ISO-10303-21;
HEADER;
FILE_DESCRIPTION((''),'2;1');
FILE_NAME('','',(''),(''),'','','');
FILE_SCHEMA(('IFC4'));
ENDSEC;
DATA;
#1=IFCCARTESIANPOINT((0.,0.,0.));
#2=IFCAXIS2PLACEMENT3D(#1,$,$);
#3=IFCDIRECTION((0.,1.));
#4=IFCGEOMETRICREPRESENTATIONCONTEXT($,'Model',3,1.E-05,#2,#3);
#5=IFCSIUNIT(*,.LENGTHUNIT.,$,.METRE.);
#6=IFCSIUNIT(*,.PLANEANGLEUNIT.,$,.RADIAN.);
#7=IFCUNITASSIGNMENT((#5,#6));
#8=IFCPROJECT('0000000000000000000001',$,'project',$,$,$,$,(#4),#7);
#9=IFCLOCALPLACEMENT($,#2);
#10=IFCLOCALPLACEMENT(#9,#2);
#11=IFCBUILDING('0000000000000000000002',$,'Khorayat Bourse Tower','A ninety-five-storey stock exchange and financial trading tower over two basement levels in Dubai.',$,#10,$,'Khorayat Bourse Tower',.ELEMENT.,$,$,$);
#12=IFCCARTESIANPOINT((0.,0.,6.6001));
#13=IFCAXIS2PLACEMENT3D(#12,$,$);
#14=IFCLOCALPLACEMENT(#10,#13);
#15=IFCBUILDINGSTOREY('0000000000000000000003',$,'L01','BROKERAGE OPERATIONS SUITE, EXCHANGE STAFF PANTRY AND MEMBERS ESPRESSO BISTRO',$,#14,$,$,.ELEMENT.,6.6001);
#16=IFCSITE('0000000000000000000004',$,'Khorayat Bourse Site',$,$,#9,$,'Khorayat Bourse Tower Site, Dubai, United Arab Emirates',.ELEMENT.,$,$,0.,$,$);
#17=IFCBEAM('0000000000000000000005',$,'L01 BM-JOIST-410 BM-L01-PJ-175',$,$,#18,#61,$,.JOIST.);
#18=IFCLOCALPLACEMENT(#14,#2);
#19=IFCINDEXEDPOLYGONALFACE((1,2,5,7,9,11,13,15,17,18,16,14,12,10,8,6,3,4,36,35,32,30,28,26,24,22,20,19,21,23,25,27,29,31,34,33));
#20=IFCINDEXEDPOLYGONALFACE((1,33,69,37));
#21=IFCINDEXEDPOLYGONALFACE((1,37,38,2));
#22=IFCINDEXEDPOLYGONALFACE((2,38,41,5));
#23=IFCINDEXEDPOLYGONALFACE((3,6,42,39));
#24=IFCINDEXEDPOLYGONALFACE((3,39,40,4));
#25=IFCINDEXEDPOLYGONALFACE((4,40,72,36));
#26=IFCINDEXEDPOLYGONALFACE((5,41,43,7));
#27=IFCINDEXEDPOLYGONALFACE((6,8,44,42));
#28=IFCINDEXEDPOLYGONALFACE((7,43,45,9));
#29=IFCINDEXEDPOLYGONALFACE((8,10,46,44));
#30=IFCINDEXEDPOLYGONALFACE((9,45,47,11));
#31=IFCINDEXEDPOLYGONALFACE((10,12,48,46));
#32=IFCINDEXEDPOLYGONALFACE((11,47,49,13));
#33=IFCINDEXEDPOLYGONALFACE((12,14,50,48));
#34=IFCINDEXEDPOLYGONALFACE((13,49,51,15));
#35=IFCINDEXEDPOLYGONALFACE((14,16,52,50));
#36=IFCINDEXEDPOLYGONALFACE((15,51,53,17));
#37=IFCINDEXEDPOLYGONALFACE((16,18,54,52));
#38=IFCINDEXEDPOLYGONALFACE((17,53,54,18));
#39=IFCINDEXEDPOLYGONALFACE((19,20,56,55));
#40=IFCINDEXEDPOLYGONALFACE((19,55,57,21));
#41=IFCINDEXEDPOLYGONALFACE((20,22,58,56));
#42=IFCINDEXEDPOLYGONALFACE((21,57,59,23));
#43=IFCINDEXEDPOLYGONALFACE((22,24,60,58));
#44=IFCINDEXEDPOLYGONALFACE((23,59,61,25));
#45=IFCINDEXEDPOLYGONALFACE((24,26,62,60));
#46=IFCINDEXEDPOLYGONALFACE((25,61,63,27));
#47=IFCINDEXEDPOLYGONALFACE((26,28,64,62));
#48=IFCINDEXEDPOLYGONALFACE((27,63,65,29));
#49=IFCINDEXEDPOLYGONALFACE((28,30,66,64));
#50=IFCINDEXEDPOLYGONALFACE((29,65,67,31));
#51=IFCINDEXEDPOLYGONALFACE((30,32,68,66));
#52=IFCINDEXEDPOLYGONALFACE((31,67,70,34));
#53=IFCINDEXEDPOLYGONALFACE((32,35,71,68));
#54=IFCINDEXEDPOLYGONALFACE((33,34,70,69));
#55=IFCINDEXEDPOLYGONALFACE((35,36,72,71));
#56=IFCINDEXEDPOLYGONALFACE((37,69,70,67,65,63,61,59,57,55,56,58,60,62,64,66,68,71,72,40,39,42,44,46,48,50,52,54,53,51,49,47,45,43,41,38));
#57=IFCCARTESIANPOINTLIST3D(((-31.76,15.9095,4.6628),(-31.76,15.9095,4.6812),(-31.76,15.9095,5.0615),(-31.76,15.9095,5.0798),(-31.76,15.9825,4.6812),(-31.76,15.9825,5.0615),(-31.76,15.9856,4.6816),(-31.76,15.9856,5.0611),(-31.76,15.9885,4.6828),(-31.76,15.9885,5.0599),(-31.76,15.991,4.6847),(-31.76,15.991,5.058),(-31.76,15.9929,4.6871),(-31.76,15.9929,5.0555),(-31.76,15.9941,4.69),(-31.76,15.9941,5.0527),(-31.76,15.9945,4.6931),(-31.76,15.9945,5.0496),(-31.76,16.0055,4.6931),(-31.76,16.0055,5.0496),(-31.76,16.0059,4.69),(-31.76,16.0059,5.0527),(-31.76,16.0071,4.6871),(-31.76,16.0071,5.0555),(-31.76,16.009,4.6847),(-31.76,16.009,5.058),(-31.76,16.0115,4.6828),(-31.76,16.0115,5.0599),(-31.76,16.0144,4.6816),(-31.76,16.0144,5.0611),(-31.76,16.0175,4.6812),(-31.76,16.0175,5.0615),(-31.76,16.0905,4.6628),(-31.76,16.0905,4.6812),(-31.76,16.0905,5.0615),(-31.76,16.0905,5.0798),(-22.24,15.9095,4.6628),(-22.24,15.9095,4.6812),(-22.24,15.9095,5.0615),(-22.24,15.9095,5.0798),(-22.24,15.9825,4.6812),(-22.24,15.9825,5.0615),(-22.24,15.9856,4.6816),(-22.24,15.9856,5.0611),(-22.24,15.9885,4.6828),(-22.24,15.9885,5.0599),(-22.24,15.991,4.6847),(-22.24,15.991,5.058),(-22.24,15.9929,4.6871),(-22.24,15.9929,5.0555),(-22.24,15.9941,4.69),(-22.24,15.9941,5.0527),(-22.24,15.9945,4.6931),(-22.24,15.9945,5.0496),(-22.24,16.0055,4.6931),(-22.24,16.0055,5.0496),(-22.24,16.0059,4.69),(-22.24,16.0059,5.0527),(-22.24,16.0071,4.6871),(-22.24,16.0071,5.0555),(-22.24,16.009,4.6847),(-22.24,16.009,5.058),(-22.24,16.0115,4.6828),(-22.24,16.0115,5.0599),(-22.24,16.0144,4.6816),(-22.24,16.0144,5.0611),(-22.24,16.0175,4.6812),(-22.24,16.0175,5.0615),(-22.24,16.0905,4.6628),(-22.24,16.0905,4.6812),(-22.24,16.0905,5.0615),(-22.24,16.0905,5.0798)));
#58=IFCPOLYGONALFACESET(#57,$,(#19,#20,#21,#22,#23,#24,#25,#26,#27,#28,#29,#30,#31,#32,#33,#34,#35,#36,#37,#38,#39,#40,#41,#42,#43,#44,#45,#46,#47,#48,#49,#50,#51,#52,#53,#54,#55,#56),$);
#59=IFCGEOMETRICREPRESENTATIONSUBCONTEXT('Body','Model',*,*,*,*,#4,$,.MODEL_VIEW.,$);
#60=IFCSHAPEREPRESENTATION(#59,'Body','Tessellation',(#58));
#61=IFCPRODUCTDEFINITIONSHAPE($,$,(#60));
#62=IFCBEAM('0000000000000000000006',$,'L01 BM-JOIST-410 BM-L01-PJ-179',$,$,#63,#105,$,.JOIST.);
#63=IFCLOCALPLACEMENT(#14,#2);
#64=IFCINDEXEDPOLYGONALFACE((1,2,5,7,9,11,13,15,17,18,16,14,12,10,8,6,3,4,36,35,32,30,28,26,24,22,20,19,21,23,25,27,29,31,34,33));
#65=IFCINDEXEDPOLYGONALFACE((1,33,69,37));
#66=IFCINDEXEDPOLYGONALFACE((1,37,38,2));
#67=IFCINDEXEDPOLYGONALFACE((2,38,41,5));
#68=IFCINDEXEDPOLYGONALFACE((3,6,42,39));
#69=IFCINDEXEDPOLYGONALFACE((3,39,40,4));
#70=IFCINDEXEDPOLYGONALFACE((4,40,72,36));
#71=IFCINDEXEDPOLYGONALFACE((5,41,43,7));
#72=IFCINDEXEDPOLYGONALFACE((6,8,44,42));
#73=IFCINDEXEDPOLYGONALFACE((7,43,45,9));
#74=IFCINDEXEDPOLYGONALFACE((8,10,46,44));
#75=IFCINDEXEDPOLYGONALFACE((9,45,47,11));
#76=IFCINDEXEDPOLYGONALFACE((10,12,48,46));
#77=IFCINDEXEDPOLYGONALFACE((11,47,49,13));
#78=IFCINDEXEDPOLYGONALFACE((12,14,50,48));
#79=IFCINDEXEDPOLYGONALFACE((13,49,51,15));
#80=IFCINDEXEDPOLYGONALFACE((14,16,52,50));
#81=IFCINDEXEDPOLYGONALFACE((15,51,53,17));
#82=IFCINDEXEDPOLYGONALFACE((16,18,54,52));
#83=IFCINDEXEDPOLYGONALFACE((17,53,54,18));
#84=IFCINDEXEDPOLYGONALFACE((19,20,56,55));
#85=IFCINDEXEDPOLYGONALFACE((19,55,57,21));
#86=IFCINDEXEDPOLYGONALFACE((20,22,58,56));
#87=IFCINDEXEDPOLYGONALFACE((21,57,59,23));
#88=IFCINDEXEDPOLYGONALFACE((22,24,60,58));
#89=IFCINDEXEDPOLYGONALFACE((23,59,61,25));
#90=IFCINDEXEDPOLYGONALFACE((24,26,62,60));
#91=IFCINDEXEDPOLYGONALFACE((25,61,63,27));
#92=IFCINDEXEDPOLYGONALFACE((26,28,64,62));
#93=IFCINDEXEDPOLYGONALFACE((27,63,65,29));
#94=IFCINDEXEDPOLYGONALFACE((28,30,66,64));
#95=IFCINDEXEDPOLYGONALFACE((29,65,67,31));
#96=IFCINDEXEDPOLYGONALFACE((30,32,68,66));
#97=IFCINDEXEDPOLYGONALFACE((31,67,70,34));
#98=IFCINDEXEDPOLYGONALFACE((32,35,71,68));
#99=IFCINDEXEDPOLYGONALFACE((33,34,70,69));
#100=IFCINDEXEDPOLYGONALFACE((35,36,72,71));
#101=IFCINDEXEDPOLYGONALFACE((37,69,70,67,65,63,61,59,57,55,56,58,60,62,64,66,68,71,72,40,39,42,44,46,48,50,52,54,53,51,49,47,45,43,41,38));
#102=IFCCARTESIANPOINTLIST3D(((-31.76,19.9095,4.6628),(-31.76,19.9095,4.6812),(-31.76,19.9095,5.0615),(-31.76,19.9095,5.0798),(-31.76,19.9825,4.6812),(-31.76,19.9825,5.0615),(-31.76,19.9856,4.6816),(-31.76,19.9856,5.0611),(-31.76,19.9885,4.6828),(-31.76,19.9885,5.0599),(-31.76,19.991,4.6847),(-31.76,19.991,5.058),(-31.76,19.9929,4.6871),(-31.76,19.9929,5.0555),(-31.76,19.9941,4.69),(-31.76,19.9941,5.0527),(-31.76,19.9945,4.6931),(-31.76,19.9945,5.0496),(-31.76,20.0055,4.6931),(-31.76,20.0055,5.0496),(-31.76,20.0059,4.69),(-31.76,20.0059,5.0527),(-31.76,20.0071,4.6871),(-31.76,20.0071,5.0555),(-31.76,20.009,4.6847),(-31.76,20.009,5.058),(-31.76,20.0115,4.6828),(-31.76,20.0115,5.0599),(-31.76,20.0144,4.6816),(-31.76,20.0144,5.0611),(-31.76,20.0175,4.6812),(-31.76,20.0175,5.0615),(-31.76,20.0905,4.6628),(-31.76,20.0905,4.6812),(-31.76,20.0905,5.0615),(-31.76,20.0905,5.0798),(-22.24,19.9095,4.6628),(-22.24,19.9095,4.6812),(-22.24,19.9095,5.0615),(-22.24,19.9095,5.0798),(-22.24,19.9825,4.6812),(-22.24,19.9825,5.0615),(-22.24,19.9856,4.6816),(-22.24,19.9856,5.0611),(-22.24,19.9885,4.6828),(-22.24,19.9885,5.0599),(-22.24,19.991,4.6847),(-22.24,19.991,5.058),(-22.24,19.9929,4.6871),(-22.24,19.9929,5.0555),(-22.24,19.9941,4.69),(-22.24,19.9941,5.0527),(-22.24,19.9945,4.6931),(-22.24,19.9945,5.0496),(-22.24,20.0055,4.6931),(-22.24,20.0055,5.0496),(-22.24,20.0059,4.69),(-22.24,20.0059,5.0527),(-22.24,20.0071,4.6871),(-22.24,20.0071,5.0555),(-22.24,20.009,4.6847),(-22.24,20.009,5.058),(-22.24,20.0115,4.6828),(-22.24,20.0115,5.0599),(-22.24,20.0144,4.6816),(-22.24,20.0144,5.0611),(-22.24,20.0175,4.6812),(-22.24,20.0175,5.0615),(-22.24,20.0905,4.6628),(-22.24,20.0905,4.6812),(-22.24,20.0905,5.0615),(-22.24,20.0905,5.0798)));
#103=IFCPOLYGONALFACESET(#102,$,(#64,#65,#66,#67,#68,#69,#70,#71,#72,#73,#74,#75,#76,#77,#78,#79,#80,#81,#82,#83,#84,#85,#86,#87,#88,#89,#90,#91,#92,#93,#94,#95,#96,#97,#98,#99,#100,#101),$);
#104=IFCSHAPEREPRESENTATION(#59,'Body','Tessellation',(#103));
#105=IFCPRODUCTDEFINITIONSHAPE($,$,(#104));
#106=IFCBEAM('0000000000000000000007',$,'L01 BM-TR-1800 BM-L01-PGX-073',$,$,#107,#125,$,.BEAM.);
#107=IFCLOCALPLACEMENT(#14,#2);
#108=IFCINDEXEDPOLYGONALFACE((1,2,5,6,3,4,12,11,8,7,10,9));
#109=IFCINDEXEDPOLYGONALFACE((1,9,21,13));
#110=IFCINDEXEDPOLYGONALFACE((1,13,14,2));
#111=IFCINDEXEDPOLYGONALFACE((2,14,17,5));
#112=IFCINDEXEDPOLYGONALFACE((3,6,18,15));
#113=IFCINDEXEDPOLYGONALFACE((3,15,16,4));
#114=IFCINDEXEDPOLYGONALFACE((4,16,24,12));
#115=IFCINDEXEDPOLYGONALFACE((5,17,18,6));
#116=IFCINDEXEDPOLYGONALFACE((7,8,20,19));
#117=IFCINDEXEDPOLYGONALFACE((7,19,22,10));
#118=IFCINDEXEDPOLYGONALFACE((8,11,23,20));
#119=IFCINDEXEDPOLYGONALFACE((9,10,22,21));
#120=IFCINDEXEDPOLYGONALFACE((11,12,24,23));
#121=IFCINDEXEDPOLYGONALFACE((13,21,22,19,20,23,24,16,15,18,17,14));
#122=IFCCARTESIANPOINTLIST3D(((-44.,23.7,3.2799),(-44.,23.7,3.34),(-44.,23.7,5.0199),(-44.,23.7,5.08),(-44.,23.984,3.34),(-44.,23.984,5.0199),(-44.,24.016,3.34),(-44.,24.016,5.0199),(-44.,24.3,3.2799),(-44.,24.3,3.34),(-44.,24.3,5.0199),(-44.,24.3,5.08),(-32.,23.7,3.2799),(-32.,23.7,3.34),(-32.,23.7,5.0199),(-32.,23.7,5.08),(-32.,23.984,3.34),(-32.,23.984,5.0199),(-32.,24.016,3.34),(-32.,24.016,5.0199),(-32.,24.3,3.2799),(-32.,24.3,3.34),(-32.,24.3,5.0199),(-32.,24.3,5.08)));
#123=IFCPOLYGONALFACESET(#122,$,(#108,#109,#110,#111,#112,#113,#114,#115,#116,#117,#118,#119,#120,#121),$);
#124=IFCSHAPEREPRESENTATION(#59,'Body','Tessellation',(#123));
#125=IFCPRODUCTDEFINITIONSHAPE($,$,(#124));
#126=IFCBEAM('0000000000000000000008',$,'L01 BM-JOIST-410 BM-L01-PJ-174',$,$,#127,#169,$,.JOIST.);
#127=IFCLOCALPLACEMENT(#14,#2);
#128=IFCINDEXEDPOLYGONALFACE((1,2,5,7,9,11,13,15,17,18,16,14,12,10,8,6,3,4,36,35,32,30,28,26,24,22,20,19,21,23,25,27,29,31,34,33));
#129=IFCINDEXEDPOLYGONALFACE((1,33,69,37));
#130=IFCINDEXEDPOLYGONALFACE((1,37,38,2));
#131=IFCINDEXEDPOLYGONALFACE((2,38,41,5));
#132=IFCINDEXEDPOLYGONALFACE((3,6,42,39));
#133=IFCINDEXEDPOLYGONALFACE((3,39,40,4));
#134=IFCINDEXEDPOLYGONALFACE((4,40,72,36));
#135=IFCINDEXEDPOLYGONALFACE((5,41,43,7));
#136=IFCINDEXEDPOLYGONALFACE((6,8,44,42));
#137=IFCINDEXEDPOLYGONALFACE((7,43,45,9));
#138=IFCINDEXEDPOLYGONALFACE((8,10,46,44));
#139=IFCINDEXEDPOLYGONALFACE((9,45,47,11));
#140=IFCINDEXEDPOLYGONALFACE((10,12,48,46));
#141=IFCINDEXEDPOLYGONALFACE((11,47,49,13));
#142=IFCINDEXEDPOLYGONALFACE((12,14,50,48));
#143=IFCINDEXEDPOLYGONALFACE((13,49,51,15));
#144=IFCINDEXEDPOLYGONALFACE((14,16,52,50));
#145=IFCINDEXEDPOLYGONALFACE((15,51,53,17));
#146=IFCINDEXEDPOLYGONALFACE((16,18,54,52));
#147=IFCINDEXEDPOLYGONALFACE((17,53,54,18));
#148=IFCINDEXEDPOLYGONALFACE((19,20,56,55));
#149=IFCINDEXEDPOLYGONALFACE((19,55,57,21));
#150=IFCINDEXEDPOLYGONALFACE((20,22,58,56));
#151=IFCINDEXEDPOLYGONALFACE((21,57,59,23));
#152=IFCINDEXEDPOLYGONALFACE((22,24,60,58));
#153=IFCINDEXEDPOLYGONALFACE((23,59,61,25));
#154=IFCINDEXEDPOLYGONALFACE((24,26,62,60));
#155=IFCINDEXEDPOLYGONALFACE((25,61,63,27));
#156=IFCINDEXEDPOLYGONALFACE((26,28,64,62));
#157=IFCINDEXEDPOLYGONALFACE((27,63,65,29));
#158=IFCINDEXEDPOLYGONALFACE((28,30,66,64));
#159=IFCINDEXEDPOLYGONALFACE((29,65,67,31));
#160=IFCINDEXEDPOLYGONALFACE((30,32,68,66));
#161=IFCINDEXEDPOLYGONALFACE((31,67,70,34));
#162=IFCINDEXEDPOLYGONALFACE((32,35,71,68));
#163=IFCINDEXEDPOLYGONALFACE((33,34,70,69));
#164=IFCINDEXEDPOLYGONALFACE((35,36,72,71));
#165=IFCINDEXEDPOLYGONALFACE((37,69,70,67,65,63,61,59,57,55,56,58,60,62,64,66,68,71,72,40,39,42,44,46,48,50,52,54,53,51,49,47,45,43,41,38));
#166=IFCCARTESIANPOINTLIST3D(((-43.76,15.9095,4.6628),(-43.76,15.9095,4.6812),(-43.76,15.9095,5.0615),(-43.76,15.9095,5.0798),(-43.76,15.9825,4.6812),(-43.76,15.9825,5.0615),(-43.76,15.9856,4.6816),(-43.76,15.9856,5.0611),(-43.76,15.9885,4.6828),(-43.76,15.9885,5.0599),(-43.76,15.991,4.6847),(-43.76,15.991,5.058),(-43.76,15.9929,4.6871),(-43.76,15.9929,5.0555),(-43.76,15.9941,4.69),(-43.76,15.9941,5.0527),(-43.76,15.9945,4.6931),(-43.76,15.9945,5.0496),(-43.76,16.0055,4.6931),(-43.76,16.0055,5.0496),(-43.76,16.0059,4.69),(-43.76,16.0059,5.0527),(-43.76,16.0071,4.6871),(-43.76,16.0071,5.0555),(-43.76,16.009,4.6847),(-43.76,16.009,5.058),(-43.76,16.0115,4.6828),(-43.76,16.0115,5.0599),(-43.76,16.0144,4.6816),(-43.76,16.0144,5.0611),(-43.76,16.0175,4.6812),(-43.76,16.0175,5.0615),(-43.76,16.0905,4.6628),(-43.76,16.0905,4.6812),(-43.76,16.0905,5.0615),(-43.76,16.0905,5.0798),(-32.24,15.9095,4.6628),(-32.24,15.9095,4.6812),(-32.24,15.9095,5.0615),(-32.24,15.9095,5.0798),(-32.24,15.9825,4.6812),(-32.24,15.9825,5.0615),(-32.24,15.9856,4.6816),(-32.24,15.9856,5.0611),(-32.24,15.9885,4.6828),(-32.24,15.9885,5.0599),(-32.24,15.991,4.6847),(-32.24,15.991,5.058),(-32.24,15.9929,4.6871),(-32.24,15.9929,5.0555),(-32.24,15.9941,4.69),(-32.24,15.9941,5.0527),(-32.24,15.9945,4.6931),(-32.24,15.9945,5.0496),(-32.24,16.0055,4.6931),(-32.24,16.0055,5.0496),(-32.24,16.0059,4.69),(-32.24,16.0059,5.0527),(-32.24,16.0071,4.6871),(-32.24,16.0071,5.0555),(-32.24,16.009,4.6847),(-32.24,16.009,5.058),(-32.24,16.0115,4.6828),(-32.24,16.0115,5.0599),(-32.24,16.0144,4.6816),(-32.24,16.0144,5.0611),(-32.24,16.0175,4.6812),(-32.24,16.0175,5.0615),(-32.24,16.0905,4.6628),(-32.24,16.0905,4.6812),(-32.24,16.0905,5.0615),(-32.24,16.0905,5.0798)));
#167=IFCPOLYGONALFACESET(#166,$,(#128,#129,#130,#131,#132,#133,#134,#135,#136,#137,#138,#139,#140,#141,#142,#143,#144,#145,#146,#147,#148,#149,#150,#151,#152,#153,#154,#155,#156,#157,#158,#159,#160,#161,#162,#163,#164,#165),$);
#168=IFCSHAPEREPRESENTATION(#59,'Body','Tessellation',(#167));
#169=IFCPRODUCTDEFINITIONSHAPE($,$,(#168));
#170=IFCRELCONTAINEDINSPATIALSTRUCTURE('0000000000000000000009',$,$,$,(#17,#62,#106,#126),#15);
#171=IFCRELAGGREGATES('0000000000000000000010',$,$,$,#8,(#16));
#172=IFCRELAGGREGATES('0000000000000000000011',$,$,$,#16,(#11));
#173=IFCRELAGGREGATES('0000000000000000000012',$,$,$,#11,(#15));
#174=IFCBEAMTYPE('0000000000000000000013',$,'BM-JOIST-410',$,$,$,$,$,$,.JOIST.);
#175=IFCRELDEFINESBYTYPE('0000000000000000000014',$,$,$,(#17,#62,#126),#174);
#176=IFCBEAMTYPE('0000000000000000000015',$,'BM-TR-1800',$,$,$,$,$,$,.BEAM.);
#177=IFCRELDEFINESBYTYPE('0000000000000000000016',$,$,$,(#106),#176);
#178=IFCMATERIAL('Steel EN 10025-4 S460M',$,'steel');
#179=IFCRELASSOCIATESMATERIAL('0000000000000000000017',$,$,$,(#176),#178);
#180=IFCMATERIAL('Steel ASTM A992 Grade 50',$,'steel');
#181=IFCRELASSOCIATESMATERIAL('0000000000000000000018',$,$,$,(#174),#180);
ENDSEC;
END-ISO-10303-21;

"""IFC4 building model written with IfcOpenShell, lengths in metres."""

from ifc_helpers import new_model, si_unit, direction, frame, origin, origin_2d, place, context, subcontext, project, spatial, i_section, extrude, source, transform, mapped, material, material_profile, profile_set, type_object, element, save


model = new_model("IFC4")

# Units and contexts
model_context = context("Model", 3, precision=1e-05, world=origin(), true_north=direction((0.0, 1.0)))
body_context = subcontext(model_context, "Body", "Model", "MODEL_VIEW")
ifc_project = project(units=[si_unit("LENGTHUNIT", "METRE"), si_unit("PLANEANGLEUNIT", "RADIAN")], contexts=[model_context])

# Site, building, storey
site_placement = place(None, origin())
site = spatial("IfcSite", under=ifc_project, at=site_placement, Name="Khorayat Bourse Site", LongName="Khorayat Bourse Tower Site, Dubai, United Arab Emirates", CompositionType="ELEMENT", RefElevation=0.0)
building_placement = place(site_placement, origin())
building = spatial("IfcBuilding", under=site, at=building_placement, Name="Khorayat Bourse Tower", Description="A ninety-five-storey stock exchange and financial trading tower over two basement levels in Dubai.", LongName="Khorayat Bourse Tower", CompositionType="ELEMENT")
storey_placement = place(building_placement, frame((0.0, 0.0, 6.6001)))
storey = spatial("IfcBuildingStorey", under=building, at=storey_placement, Name="L01", Description="BROKERAGE OPERATIONS SUITE, EXCHANGE STAFF PANTRY AND MEMBERS ESPRESSO BISTRO", CompositionType="ELEMENT", Elevation=6.6001)

# Beams
ifc_material_1 = material(Name="Steel EN 10025-4 S460M", Category="steel")
ifc_material_profile_1 = material_profile(ifc_material_1, i_section(OverallWidth=0.6001, OverallDepth=1.8, WebThickness=0.032, FlangeThickness=0.0601, at=origin_2d()), Name="PG 1800x600x32x60")
ifc_profile_set_1 = profile_set([ifc_material_profile_1], Name="Steel EN 10025-4 S460M")
beam_type_1 = type_object("IfcBeamType", Name="BM-TR-1800", PredefinedType="BEAM", material=ifc_profile_set_1)
ifc_material_2 = material(Name="Steel ASTM A992 Grade 50", Category="steel")
ifc_material_profile_2 = material_profile(ifc_material_2, i_section(OverallWidth=0.1809, OverallDepth=0.417, WebThickness=0.011, FlangeThickness=0.0183, FilletRadius=0.012, at=origin_2d()), Name="W410X85")
ifc_profile_set_2 = profile_set([ifc_material_profile_2], Name="Steel ASTM A992 Grade 50")
beam_type_2 = type_object("IfcBeamType", Name="BM-JOIST-410", PredefinedType="JOIST", material=ifc_profile_set_2)
shared_shape_1 = source(origin(), body_context, "Body", "SweptSolid", [
    extrude(i_section(OverallWidth=0.1809, OverallDepth=0.417, WebThickness=0.011, FlangeThickness=0.0183, FilletRadius=0.012, at=origin_2d()), origin(), (0.0, 0.0, 1.0), 9.52),
])
for number, where, z_axis, x_axis, name in (
    (1, (-31.76, 16.0, 4.8713), (1.0, 0.0, 0.0), (0.0, 1.0, 0.0), "L01 BM-JOIST-410 BM-L01-PJ-175"),
    (2, (-31.76, 20.0, 4.8713), (1.0, 0.0, 0.0), (0.0, 1.0, 0.0), "L01 BM-JOIST-410 BM-L01-PJ-179"),
):
    element("IfcBeam", number, at=place(storey_placement, frame(where, z_axis=z_axis, x_axis=x_axis)), inside=storey, type_object=beam_type_2, Name=name, PredefinedType="JOIST", context=body_context, shape_type="MappedRepresentation", body=[
        mapped(shared_shape_1, transform((0.0, 0.0, 0.0), scale=1.0)),
    ])
shared_shape_2 = source(origin(), body_context, "Body", "SweptSolid", [
    extrude(i_section(OverallWidth=0.6001, OverallDepth=1.8, WebThickness=0.032, FlangeThickness=0.0601, at=origin_2d()), origin(), (0.0, 0.0, 1.0), 12.0),
])
beam_1_placement = place(storey_placement, frame((-44.0, 24.0, 4.1799), z_axis=(1.0, 0.0, 0.0), x_axis=(0.0, 1.0, 0.0)))
element("IfcBeam", 3, at=beam_1_placement, inside=storey, type_object=beam_type_1, Name="L01 BM-TR-1800 BM-L01-PGX-073", PredefinedType="BEAM", context=body_context, shape_type="MappedRepresentation", body=[
    mapped(shared_shape_2, transform((0.0, 0.0, 0.0), scale=1.0)),
])
shared_shape_3 = source(origin(), body_context, "Body", "SweptSolid", [
    extrude(i_section(OverallWidth=0.1809, OverallDepth=0.417, WebThickness=0.011, FlangeThickness=0.0183, FilletRadius=0.012, at=origin_2d()), origin(), (0.0, 0.0, 1.0), 11.52),
])
for number, where, z_axis, x_axis, name in (
    (4, (-43.76, 16.0, 4.8713), (1.0, 0.0, 0.0), (0.0, 1.0, 0.0), "L01 BM-JOIST-410 BM-L01-PJ-174"),
):
    element("IfcBeam", number, at=place(storey_placement, frame(where, z_axis=z_axis, x_axis=x_axis)), inside=storey, type_object=beam_type_2, Name=name, PredefinedType="JOIST", context=body_context, shape_type="MappedRepresentation", body=[
        mapped(shared_shape_3, transform((0.0, 0.0, 0.0), scale=1.0)),
    ])

save(model, "model.ifc")
